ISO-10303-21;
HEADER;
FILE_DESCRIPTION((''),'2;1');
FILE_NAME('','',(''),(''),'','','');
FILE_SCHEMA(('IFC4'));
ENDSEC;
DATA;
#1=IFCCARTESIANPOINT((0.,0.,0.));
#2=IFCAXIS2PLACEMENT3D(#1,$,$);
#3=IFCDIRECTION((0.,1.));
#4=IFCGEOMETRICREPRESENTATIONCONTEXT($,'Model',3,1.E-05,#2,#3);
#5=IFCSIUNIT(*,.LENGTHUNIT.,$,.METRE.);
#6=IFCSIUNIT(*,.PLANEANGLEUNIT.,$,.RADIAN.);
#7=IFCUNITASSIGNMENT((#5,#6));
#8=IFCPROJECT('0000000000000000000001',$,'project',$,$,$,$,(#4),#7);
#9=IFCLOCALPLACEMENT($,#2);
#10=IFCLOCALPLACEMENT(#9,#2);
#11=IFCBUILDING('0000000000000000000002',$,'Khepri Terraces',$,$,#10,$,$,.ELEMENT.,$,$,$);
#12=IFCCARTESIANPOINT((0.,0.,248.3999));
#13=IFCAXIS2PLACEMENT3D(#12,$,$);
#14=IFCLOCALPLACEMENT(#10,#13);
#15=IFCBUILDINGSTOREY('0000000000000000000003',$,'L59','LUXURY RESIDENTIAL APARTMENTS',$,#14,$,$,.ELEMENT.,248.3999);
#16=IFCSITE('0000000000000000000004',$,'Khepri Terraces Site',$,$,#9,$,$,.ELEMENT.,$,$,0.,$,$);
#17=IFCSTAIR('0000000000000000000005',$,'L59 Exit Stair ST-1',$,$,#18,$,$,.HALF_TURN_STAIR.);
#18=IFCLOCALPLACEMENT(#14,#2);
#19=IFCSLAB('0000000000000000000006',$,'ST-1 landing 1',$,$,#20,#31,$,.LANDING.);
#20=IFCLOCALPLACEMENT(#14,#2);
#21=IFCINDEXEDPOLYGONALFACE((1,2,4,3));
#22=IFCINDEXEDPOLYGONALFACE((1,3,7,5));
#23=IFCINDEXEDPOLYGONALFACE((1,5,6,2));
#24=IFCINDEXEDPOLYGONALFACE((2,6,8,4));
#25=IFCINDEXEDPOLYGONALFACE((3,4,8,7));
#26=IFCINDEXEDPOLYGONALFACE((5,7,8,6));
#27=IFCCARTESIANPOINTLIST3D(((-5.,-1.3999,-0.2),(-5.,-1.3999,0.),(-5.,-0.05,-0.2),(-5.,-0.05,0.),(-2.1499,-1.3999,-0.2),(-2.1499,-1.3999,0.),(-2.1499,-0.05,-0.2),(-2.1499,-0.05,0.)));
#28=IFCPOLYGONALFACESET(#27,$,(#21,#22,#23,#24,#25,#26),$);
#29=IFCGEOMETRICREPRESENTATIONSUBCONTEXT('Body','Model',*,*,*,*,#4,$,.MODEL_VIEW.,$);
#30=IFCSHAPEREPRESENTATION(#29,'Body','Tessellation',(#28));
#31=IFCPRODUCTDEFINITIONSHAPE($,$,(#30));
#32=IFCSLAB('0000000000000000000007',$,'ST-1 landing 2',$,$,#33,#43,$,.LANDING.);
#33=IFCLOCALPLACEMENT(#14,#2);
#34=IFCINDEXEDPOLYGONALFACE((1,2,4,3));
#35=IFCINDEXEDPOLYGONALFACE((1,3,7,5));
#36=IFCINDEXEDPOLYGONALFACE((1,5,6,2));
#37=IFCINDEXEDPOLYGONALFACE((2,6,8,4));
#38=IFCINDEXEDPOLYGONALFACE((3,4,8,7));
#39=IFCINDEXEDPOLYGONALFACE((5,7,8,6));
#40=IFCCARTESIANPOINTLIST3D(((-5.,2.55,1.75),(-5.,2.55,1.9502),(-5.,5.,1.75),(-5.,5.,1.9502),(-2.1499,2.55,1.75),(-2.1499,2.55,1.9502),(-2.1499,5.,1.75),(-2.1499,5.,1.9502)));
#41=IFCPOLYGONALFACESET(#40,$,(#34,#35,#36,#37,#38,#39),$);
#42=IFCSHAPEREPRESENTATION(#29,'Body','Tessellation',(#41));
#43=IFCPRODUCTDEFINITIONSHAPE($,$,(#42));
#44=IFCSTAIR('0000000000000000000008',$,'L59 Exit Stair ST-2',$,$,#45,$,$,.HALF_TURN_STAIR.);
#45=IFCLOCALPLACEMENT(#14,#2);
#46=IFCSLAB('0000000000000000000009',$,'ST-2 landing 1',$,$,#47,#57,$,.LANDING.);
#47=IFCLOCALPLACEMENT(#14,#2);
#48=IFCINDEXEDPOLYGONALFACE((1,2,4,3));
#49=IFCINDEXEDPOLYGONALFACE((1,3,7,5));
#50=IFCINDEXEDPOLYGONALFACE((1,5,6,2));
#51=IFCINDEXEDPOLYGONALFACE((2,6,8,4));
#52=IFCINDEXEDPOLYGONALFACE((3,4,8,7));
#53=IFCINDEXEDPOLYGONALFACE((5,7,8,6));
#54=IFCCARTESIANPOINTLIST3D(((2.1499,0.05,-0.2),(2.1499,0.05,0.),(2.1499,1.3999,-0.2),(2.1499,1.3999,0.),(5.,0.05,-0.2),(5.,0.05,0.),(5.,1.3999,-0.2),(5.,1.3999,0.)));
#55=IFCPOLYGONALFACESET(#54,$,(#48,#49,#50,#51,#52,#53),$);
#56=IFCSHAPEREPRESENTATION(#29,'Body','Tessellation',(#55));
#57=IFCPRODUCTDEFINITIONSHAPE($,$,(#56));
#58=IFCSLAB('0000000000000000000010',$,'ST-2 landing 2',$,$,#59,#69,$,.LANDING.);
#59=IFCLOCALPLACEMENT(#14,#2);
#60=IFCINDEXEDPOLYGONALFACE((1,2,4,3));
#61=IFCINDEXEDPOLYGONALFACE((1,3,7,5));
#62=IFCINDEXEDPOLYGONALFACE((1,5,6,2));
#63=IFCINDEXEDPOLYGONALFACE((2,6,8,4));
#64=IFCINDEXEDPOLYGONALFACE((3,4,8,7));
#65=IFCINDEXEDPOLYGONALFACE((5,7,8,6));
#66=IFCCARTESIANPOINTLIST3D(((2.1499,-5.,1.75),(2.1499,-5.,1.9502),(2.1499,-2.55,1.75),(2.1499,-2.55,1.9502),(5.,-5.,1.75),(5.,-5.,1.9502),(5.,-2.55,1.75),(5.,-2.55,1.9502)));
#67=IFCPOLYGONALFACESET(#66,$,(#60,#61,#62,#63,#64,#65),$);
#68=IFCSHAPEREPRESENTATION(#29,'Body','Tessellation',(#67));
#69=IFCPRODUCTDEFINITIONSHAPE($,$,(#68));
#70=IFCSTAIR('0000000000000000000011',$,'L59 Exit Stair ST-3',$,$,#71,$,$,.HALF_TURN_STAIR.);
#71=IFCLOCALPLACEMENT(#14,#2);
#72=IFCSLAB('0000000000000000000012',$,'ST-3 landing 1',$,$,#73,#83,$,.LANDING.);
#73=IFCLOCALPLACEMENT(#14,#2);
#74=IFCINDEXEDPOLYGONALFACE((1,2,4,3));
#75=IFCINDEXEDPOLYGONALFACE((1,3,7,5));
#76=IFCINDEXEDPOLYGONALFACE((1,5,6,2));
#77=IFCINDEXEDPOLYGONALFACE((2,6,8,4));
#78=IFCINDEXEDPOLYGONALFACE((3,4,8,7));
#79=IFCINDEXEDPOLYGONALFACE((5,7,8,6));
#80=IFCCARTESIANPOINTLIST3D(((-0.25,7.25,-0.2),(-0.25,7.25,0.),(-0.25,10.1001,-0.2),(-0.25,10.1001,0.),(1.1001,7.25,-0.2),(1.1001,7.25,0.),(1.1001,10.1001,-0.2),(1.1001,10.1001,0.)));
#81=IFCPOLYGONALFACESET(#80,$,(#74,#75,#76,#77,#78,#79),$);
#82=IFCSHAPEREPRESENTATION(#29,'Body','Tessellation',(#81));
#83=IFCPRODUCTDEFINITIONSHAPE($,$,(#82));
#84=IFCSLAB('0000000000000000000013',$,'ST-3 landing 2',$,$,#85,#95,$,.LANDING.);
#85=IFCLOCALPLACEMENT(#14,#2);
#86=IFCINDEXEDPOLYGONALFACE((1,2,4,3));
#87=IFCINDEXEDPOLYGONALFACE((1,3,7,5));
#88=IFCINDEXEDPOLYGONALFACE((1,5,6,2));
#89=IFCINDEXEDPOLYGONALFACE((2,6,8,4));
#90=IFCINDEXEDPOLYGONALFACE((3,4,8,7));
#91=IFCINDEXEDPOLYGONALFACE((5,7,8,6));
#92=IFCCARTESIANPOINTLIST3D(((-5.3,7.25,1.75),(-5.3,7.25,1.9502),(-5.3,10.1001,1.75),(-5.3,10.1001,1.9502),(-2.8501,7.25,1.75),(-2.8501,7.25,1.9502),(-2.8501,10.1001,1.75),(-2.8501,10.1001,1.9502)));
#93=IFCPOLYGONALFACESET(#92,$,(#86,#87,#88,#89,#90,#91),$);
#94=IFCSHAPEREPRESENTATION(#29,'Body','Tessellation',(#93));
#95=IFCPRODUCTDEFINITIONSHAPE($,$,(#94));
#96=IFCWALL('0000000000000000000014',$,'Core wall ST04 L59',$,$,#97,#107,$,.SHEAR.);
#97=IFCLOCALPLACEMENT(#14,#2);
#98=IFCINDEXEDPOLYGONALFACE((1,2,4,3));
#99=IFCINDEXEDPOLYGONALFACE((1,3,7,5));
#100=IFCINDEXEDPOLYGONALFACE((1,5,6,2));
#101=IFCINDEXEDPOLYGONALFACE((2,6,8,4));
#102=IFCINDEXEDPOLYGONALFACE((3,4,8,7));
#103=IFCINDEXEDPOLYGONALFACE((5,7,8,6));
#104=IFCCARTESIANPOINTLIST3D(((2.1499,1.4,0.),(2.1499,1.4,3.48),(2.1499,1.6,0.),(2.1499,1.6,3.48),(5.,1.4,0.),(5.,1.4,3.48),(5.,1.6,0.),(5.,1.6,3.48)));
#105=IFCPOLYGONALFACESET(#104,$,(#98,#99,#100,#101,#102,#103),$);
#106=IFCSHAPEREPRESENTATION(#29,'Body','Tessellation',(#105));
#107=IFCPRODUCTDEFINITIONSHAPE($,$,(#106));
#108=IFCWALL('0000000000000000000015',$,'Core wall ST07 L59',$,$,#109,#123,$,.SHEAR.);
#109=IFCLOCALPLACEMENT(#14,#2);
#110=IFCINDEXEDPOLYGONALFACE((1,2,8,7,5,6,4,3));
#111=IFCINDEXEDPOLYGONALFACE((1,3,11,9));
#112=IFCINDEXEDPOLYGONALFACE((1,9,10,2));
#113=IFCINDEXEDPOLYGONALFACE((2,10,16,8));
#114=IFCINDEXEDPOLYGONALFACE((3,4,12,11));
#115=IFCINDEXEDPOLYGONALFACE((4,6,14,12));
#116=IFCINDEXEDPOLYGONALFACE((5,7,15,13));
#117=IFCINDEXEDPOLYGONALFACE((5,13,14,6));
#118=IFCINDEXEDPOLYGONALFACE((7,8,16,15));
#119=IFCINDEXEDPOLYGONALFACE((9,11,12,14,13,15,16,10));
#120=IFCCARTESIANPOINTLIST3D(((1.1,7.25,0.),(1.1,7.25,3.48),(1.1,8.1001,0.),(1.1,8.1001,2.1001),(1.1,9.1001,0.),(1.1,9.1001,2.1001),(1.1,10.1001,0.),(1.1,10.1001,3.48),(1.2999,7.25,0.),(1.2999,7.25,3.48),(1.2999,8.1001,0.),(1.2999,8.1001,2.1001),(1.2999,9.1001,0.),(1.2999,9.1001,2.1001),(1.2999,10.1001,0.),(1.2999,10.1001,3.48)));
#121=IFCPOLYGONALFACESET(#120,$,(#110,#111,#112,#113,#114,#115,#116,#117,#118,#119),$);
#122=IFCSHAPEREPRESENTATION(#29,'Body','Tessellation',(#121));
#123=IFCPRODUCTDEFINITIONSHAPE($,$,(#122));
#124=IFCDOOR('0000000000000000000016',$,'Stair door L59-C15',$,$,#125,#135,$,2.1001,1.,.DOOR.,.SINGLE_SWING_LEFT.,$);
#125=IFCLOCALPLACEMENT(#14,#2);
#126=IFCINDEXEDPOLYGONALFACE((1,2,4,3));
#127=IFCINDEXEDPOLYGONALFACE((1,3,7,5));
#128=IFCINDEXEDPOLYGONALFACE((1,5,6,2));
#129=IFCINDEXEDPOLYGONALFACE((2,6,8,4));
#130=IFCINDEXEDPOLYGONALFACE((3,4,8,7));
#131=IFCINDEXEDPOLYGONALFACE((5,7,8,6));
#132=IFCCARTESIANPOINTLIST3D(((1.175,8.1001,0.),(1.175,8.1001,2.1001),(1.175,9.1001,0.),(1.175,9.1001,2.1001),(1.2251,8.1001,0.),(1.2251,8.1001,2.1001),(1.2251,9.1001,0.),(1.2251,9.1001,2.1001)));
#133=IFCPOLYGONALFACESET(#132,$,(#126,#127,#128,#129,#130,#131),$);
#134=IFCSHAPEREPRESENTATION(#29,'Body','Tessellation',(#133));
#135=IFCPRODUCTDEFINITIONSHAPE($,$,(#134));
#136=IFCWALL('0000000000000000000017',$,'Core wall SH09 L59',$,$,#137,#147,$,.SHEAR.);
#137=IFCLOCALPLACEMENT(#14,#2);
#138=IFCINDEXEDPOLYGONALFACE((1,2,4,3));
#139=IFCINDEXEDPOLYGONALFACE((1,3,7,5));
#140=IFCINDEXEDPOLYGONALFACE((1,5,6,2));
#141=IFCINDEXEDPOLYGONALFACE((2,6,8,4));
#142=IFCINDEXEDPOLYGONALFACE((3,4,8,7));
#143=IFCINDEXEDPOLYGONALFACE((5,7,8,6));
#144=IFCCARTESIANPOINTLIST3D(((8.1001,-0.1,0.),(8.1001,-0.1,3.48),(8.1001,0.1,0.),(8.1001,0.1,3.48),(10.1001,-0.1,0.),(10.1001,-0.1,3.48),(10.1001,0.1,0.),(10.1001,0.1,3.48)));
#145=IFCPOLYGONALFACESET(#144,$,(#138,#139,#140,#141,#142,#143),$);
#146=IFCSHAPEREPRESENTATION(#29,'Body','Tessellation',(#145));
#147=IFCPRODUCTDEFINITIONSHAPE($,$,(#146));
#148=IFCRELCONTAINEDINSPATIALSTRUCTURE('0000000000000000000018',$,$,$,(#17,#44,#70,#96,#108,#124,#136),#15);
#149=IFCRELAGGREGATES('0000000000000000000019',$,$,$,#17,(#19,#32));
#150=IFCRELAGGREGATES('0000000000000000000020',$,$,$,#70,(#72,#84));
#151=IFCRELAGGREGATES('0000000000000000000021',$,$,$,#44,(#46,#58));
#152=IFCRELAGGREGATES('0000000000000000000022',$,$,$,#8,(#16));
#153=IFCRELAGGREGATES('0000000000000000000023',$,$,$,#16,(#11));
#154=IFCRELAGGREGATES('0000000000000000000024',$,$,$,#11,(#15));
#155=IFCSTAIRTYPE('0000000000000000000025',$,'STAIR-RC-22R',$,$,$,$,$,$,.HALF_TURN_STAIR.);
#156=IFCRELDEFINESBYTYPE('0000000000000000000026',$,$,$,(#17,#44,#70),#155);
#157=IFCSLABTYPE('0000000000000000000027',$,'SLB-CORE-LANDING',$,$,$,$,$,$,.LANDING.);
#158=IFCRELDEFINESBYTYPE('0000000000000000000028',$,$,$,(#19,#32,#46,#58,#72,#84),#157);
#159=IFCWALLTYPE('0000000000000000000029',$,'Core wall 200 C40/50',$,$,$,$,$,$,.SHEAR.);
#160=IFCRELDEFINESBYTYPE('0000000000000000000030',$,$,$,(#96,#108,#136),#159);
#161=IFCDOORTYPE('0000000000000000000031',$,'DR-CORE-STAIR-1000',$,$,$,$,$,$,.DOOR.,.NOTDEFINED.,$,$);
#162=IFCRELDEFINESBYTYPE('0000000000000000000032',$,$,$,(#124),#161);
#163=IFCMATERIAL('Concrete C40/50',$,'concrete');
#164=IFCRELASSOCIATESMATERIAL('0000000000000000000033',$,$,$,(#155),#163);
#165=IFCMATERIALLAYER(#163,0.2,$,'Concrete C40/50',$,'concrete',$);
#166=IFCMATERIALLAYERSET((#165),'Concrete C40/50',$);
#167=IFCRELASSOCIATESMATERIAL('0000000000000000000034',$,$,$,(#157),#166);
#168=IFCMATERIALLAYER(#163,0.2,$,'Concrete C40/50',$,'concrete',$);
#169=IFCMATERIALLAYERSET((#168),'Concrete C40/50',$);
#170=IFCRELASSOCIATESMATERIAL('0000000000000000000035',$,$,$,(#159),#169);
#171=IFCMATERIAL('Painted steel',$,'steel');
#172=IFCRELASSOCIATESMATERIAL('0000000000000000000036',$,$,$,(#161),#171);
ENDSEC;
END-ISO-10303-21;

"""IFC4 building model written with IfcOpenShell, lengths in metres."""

from ifc_helpers import new_model, si_unit, direction, frame, frame_2d, origin, place, context, subcontext, project, spatial, polyline, rectangle, outline, extrude, material, layer, layer_set, type_object, element, fill, aggregate, save


model = new_model("IFC4")

# Units and contexts
model_context = context("Model", 3, precision=1e-05, world=origin(), true_north=direction((0.0, 1.0)))
body_context = subcontext(model_context, "Body", "Model", "MODEL_VIEW")
ifc_project = project(units=[si_unit("LENGTHUNIT", "METRE"), si_unit("PLANEANGLEUNIT", "RADIAN")], contexts=[model_context])

# Site, building, storey
site_placement = place(None, origin())
site = spatial("IfcSite", under=ifc_project, at=site_placement, Name="Khepri Terraces Site", CompositionType="ELEMENT", RefElevation=0.0)
building_placement = place(site_placement, origin())
building = spatial("IfcBuilding", under=site, at=building_placement, Name="Khepri Terraces", CompositionType="ELEMENT")
storey_placement = place(building_placement, frame((0.0, 0.0, 248.3999)))
storey = spatial("IfcBuildingStorey", under=building, at=storey_placement, Name="L59", Description="LUXURY RESIDENTIAL APARTMENTS", CompositionType="ELEMENT", Elevation=248.3999)

# Stairs, slabs
ifc_material_1 = material(Name="Concrete C40/50", Category="concrete")
stair_type = type_object("IfcStairType", Name="STAIR-RC-22R", PredefinedType="HALF_TURN_STAIR", material=ifc_material_1)
stair_1_placement = place(storey_placement, origin())
stair_1 = element("IfcStair", 1, at=stair_1_placement, inside=storey, type_object=stair_type, Name="L59 Exit Stair ST-1", PredefinedType="HALF_TURN_STAIR")
ifc_layer_1 = layer(ifc_material_1, 0.2, Name="Concrete C40/50", Category="concrete")
ifc_layer_set_1 = layer_set([ifc_layer_1], Name="Concrete C40/50")
slab_type = type_object("IfcSlabType", Name="SLB-CORE-LANDING", PredefinedType="LANDING", material=ifc_layer_set_1)
slab_1_placement = place(storey_placement, frame((0.0, 0.0, -0.2)))
slab_1 = element("IfcSlab", 2, at=slab_1_placement, type_object=slab_type, Name="ST-1 landing 1", PredefinedType="LANDING", context=body_context, shape_type="SweptSolid", body=[
    extrude(outline(polyline([(-2.1499, -1.3999), (-2.1499, -0.05), (-5.0, -0.05), (-5.0, -1.3999), (-2.1499, -1.3999)])), origin(), (0.0, 0.0, 1.0), 0.2),
])
slab_2_placement = place(storey_placement, frame((0.0, 0.0, 1.75)))
slab_2 = element("IfcSlab", 3, at=slab_2_placement, type_object=slab_type, Name="ST-1 landing 2", PredefinedType="LANDING", context=body_context, shape_type="SweptSolid", body=[
    extrude(outline(polyline([(-2.1499, 2.55), (-2.1499, 5.0), (-5.0, 5.0), (-5.0, 2.55), (-2.1499, 2.55)])), origin(), (0.0, 0.0, 1.0), 0.2002),
])
aggregate(stair_1, [slab_1, slab_2])
stair_2_placement = place(storey_placement, origin())
stair_2 = element("IfcStair", 4, at=stair_2_placement, inside=storey, type_object=stair_type, Name="L59 Exit Stair ST-2", PredefinedType="HALF_TURN_STAIR")
slab_3_placement = place(storey_placement, frame((0.0, 0.0, -0.2)))
slab_3 = element("IfcSlab", 5, at=slab_3_placement, type_object=slab_type, Name="ST-2 landing 1", PredefinedType="LANDING", context=body_context, shape_type="SweptSolid", body=[
    extrude(outline(polyline([(2.1499, 1.3999), (2.1499, 0.05), (5.0, 0.05), (5.0, 1.3999), (2.1499, 1.3999)])), origin(), (0.0, 0.0, 1.0), 0.2),
])
slab_4_placement = place(storey_placement, frame((0.0, 0.0, 1.75)))
slab_4 = element("IfcSlab", 6, at=slab_4_placement, type_object=slab_type, Name="ST-2 landing 2", PredefinedType="LANDING", context=body_context, shape_type="SweptSolid", body=[
    extrude(outline(polyline([(2.1499, -2.55), (2.1499, -5.0), (5.0, -5.0), (5.0, -2.55), (2.1499, -2.55)])), origin(), (0.0, 0.0, 1.0), 0.2002),
])
stair_3_placement = place(storey_placement, origin())
stair_3 = element("IfcStair", 7, at=stair_3_placement, inside=storey, type_object=stair_type, Name="L59 Exit Stair ST-3", PredefinedType="HALF_TURN_STAIR")
slab_5_placement = place(storey_placement, frame((0.0, 0.0, -0.2)))
slab_5 = element("IfcSlab", 8, at=slab_5_placement, type_object=slab_type, Name="ST-3 landing 1", PredefinedType="LANDING", context=body_context, shape_type="SweptSolid", body=[
    extrude(outline(polyline([(1.1001, 10.1001), (-0.25, 10.1001), (-0.25, 7.25), (1.1001, 7.25), (1.1001, 10.1001)])), origin(), (0.0, 0.0, 1.0), 0.2),
])
slab_6_placement = place(storey_placement, frame((0.0, 0.0, 1.75)))
slab_6 = element("IfcSlab", 9, at=slab_6_placement, type_object=slab_type, Name="ST-3 landing 2", PredefinedType="LANDING", context=body_context, shape_type="SweptSolid", body=[
    extrude(outline(polyline([(-2.8501, 10.1001), (-5.3, 10.1001), (-5.3, 7.25), (-2.8501, 7.25), (-2.8501, 10.1001)])), origin(), (0.0, 0.0, 1.0), 0.2002),
])
aggregate(stair_3, [slab_5, slab_6])

# Wall
ifc_layer_2 = layer(ifc_material_1, 0.2, Name="Concrete C40/50", Category="concrete")
ifc_layer_set_2 = layer_set([ifc_layer_2], Name="Concrete C40/50")
wall_type_1 = type_object("IfcWallType", Name="Core wall 200 C40/50", PredefinedType="SHEAR", material=ifc_layer_set_2)
wall_1_placement = place(storey_placement, frame((2.1499, 1.5, 0.0), z_axis=(0.0, 0.0, 1.0), x_axis=(1.0, 0.0, 0.0)))
element("IfcWall", 10, at=wall_1_placement, inside=storey, type_object=wall_type_1, Name="Core wall ST04 L59", PredefinedType="SHEAR", context=body_context, shape_type="SweptSolid", body=[
    extrude(rectangle(XDim=2.8501, YDim=0.2, at=frame_2d((1.425, 0.0))), origin(), (0.0, 0.0, 1.0), 3.48),
])

# Wall, opening, door
wall_2_placement = place(storey_placement, frame((1.2, 7.25, 0.0), z_axis=(0.0, 0.0, 1.0), x_axis=(0.0, 1.0, 0.0)))
wall_2 = element("IfcWall", 11, at=wall_2_placement, inside=storey, type_object=wall_type_1, Name="Core wall ST07 L59", PredefinedType="SHEAR", context=body_context, shape_type="SweptSolid", body=[
    extrude(rectangle(XDim=2.8501, YDim=0.2, at=frame_2d((1.425, 0.0))), origin(), (0.0, 0.0, 1.0), 3.48),
])
opening_1_placement = place(wall_2_placement, frame((0.8501, 0.0, 0.0)))
opening_1 = element("IfcOpeningElement", 12, at=opening_1_placement, cuts=wall_2, PredefinedType="OPENING", context=body_context, shape_type="SweptSolid", body=[
    extrude(rectangle(XDim=1.0, YDim=2.1001, at=frame_2d((0.5, 1.05))), frame((0.0, 0.1099, 0.0), z_axis=(0.0, -1.0, 0.0), x_axis=(1.0, 0.0, 0.0)), (0.0, 0.0, 1.0), 0.22),
])
ifc_material_2 = material(Name="Painted steel", Category="steel")
door_type_1 = type_object("IfcDoorType", Name="DR-CORE-STAIR-1000", OperationType="NOTDEFINED", PredefinedType="DOOR", material=ifc_material_2)
door_1_placement = place(opening_1_placement, origin())
door_1 = element("IfcDoor", 13, at=door_1_placement, inside=storey, type_object=door_type_1, Name="Stair door L59-C15", OperationType="SINGLE_SWING_LEFT", OverallHeight=2.1001, OverallWidth=1.0, PredefinedType="DOOR", context=body_context, shape_type="SweptSolid", body=[
    extrude(rectangle(XDim=1.0, YDim=2.1001, at=frame_2d((0.5, 1.05))), frame((0.0, 0.0249, 0.0), z_axis=(0.0, -1.0, 0.0), x_axis=(1.0, 0.0, 0.0)), (0.0, 0.0, 1.0), 0.05),
])
fill(opening_1, door_1)

# Wall
wall_3_placement = place(storey_placement, frame((8.1001, 0.0, 0.0), z_axis=(0.0, 0.0, 1.0), x_axis=(1.0, 0.0, 0.0)))
element("IfcWall", 14, at=wall_3_placement, inside=storey, type_object=wall_type_1, Name="Core wall SH09 L59", PredefinedType="SHEAR", context=body_context, shape_type="SweptSolid", body=[
    extrude(rectangle(XDim=2.0, YDim=0.2, at=frame_2d((1.0, 0.0))), origin(), (0.0, 0.0, 1.0), 3.48),
])

aggregate(stair_2, [slab_3, slab_4])

save(model, "model.ifc")
